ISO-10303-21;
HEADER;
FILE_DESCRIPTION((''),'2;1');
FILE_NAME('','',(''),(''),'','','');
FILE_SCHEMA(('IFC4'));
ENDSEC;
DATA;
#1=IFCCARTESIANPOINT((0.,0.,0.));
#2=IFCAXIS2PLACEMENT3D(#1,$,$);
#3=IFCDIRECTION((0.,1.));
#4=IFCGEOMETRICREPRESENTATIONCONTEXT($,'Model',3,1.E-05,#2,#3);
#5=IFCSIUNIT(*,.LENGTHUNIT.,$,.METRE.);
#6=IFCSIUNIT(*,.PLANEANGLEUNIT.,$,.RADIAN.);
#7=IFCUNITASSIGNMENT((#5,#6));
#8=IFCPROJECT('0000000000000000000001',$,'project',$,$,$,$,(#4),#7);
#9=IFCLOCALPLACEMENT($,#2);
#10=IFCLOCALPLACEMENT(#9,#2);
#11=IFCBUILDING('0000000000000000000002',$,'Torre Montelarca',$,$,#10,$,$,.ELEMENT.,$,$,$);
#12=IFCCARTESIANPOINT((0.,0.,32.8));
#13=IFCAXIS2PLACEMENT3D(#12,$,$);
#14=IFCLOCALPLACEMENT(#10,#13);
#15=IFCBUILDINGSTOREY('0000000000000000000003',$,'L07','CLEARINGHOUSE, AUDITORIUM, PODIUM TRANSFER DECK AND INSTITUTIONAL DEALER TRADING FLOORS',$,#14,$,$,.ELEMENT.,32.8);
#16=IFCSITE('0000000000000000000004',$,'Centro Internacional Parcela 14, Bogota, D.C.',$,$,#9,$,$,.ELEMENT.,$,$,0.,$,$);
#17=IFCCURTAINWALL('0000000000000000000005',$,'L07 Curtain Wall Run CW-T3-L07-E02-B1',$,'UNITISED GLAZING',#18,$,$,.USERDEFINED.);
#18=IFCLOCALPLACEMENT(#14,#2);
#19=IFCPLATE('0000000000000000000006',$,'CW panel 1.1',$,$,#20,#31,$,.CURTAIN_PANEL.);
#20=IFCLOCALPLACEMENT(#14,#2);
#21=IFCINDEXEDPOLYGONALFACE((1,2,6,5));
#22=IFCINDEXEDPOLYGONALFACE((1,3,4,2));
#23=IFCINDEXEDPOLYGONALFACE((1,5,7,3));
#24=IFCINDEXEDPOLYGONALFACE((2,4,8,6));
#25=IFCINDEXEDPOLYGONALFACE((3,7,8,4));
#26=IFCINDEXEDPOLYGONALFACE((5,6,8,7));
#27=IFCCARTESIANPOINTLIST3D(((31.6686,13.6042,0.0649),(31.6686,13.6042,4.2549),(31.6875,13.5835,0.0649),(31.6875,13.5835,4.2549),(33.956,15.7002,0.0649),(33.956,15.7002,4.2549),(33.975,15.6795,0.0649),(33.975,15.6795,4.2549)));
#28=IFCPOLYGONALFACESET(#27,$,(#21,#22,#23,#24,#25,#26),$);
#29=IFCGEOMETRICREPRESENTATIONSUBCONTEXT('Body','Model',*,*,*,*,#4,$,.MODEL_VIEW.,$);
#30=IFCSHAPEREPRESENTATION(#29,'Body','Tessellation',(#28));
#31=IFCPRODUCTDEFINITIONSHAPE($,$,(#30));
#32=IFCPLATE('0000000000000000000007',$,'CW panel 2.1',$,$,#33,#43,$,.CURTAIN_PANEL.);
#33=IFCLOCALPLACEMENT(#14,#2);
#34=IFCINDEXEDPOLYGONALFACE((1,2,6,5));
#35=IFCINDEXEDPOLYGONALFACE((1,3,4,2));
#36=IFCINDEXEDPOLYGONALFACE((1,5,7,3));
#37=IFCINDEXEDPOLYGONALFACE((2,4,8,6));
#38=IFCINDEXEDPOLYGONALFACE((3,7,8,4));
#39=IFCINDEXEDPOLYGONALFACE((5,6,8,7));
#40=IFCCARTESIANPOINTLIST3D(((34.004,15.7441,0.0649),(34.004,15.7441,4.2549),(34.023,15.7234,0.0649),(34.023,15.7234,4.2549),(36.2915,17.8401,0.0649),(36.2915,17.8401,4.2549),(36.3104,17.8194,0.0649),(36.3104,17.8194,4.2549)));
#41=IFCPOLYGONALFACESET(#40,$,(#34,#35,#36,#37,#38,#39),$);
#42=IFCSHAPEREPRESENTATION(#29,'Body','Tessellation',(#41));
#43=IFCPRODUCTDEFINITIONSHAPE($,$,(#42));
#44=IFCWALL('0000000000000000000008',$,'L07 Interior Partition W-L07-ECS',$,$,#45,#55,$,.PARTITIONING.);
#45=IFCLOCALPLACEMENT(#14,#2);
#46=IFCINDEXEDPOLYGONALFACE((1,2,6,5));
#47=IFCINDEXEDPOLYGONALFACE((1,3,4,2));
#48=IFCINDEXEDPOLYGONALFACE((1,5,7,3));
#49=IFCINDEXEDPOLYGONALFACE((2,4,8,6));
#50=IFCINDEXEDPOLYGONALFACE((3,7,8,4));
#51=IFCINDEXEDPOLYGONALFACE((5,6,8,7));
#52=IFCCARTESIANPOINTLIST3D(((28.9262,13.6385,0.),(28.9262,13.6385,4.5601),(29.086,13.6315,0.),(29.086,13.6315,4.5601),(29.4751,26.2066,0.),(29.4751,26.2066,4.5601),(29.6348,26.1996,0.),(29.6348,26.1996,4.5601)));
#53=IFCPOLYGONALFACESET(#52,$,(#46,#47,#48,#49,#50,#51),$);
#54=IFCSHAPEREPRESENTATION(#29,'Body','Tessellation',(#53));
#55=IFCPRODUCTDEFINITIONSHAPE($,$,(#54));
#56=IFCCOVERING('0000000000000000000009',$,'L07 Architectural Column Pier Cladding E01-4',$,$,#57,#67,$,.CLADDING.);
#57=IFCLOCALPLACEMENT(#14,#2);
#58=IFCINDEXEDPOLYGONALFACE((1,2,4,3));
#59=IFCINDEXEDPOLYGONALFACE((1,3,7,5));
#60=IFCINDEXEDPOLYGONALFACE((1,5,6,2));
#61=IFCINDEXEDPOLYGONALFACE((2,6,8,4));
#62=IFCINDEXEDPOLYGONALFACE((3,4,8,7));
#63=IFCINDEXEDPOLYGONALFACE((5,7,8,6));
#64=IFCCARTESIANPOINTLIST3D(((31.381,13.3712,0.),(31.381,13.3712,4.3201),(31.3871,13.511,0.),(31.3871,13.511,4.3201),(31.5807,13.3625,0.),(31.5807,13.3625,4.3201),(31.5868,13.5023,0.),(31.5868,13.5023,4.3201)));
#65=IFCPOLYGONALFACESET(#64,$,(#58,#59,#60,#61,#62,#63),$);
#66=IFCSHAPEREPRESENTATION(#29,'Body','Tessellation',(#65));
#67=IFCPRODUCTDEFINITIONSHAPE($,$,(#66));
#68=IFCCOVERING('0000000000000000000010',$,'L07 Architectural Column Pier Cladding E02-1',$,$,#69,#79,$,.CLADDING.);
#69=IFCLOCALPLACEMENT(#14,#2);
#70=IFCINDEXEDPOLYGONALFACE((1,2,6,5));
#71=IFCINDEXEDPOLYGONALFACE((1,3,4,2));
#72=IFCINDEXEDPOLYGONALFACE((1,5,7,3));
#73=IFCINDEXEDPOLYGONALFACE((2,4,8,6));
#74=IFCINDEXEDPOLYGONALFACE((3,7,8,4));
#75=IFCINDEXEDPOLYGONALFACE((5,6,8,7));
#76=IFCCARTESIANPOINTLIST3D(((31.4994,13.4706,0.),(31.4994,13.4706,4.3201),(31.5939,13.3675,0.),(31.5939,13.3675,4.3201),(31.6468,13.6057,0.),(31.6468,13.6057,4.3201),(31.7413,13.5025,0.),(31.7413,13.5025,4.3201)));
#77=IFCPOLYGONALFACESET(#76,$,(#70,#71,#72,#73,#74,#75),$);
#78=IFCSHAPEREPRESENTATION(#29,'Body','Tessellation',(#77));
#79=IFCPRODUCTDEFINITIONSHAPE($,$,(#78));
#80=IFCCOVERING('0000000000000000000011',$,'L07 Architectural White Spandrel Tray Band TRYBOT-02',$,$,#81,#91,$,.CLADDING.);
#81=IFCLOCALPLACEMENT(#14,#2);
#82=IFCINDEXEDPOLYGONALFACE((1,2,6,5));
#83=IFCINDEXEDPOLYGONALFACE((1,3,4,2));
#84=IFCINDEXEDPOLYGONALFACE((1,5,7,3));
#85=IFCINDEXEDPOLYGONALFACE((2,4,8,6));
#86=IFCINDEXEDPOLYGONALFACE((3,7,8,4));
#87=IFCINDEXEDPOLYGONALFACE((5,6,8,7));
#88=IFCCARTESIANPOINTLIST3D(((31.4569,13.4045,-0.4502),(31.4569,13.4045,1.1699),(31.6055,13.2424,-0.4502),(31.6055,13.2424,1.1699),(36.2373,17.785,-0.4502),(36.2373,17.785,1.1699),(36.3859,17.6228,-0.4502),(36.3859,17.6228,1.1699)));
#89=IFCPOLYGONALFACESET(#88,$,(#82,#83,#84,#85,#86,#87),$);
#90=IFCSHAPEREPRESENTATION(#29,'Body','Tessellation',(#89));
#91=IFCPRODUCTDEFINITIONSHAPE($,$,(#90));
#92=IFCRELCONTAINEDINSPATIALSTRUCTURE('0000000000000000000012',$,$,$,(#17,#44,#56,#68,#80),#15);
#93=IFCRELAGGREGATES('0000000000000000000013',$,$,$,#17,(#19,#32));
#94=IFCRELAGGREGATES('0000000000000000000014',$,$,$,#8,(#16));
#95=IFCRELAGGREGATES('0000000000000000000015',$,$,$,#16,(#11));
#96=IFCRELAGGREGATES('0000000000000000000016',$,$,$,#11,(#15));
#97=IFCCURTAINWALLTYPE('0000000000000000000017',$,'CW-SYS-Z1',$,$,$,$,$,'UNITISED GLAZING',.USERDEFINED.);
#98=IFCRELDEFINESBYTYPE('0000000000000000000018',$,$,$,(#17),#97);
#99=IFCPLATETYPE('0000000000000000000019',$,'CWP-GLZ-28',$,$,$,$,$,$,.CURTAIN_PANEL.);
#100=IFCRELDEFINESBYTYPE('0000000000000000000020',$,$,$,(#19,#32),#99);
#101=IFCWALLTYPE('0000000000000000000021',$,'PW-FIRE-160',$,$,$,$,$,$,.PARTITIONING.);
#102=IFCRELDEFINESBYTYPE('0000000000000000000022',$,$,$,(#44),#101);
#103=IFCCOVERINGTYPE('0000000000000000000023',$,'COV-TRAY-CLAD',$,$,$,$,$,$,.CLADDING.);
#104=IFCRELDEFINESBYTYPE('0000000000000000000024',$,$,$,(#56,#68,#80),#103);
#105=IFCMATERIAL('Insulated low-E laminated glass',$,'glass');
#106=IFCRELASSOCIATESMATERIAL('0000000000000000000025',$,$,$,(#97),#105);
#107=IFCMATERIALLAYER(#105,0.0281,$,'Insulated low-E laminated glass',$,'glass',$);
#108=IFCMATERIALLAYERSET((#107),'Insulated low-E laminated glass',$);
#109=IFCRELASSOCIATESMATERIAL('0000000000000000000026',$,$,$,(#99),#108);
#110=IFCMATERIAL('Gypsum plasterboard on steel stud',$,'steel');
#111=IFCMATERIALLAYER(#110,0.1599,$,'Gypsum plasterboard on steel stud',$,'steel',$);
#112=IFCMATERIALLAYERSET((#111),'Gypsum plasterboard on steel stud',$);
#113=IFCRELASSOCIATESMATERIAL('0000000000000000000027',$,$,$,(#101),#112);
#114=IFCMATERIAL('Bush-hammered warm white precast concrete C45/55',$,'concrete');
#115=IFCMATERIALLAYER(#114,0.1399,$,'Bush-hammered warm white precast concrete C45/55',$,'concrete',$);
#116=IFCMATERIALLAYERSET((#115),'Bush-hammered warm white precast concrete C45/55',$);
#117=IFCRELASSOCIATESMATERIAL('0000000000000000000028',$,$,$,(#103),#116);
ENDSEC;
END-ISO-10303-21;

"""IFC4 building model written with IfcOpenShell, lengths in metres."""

from ifc_helpers import new_model, si_unit, direction, frame, frame_2d, origin, origin_2d, place, context, subcontext, project, spatial, rectangle, extrude, source, transform, mapped, material, layer, layer_set, type_object, element, aggregate, save


model = new_model("IFC4")

# Units and contexts
model_context = context("Model", 3, precision=1e-05, world=origin(), true_north=direction((0.0, 1.0)))
body_context = subcontext(model_context, "Body", "Model", "MODEL_VIEW")
ifc_project = project(units=[si_unit("LENGTHUNIT", "METRE"), si_unit("PLANEANGLEUNIT", "RADIAN")], contexts=[model_context])

# Site, building, storey
site_placement = place(None, origin())
site = spatial("IfcSite", under=ifc_project, at=site_placement, Name="Centro Internacional Parcela 14, Bogota, D.C.", CompositionType="ELEMENT", RefElevation=0.0)
building_placement = place(site_placement, origin())
building = spatial("IfcBuilding", under=site, at=building_placement, Name="Torre Montelarca", CompositionType="ELEMENT")
storey_placement = place(building_placement, frame((0.0, 0.0, 32.8)))
storey = spatial("IfcBuildingStorey", under=building, at=storey_placement, Name="L07", Description="CLEARINGHOUSE, AUDITORIUM, PODIUM TRANSFER DECK AND INSTITUTIONAL DEALER TRADING FLOORS", CompositionType="ELEMENT", Elevation=32.8)

# Curtain wall
ifc_material_1 = material(Name="Insulated low-E laminated glass", Category="glass")
curtain_wall_type = type_object("IfcCurtainWallType", Name="CW-SYS-Z1", ElementType="UNITISED GLAZING", PredefinedType="USERDEFINED", material=ifc_material_1)
curtain_wall_1_placement = place(storey_placement, origin())
curtain_wall_1 = element("IfcCurtainWall", 1, at=curtain_wall_1_placement, inside=storey, type_object=curtain_wall_type, Name="L07 Curtain Wall Run CW-T3-L07-E02-B1", ObjectType="UNITISED GLAZING", PredefinedType="USERDEFINED")

# Plates
ifc_layer_1 = layer(ifc_material_1, 0.0281, Name="Insulated low-E laminated glass", Category="glass")
ifc_layer_set_1 = layer_set([ifc_layer_1], Name="Insulated low-E laminated glass")
plate_type_1 = type_object("IfcPlateType", Name="CWP-GLZ-28", PredefinedType="CURTAIN_PANEL", material=ifc_layer_set_1)
shared_shape_1 = source(origin(), body_context, "Body", "SweptSolid", [
    extrude(rectangle(XDim=3.1025, YDim=0.0281, at=origin_2d()), origin(), (0.0, 0.0, 1.0), 4.1899),
])
plate_1_placement = place(storey_placement, frame((32.8218, 14.6418, 0.0649), z_axis=(0.0, 0.0, 1.0), x_axis=(0.737292, 0.675575, 0.0)))
plate_1 = element("IfcPlate", 2, at=plate_1_placement, type_object=plate_type_1, Name="CW panel 1.1", PredefinedType="CURTAIN_PANEL", context=body_context, shape_type="MappedRepresentation", body=[
    mapped(shared_shape_1, transform((0.0, 0.0, 0.0), scale=1.0)),
])
plate_2_placement = place(storey_placement, frame((35.1572, 16.7817, 0.0649), z_axis=(0.0, 0.0, 1.0), x_axis=(0.737292, 0.675575, 0.0)))
plate_2 = element("IfcPlate", 3, at=plate_2_placement, type_object=plate_type_1, Name="CW panel 2.1", PredefinedType="CURTAIN_PANEL", context=body_context, shape_type="MappedRepresentation", body=[
    mapped(shared_shape_1, transform((0.0, 0.0, 0.0), scale=1.0)),
])
aggregate(curtain_wall_1, [plate_1, plate_2])

# Wall
ifc_material_2 = material(Name="Gypsum plasterboard on steel stud", Category="steel")
ifc_layer_2 = layer(ifc_material_2, 0.1599, Name="Gypsum plasterboard on steel stud", Category="steel")
ifc_layer_set_2 = layer_set([ifc_layer_2], Name="Gypsum plasterboard on steel stud")
wall_type = type_object("IfcWallType", Name="PW-FIRE-160", PredefinedType="PARTITIONING", material=ifc_layer_set_2)
wall_placement = place(storey_placement, frame((29.0061, 13.635, 0.0), z_axis=(0.0, 0.0, 1.0), x_axis=(0.043627, 0.999048, 0.0)))
element("IfcWall", 4, at=wall_placement, inside=storey, type_object=wall_type, Name="L07 Interior Partition W-L07-ECS", PredefinedType="PARTITIONING", context=body_context, shape_type="SweptSolid", body=[
    extrude(rectangle(XDim=12.5801, YDim=0.1599, at=frame_2d((6.29, 0.0))), origin(), (0.0, 0.0, 1.0), 4.5601),
])

# Coverings
ifc_material_3 = material(Name="Bush-hammered warm white precast concrete C45/55", Category="concrete")
ifc_layer_3 = layer(ifc_material_3, 0.1399, Name="Bush-hammered warm white precast concrete C45/55", Category="concrete")
ifc_layer_set_3 = layer_set([ifc_layer_3], Name="Bush-hammered warm white precast concrete C45/55")
covering_type = type_object("IfcCoveringType", Name="COV-TRAY-CLAD", PredefinedType="CLADDING", material=ifc_layer_set_3)
shared_shape_2 = source(origin(), body_context, "Body", "SweptSolid", [
    extrude(rectangle(XDim=0.2, YDim=0.1399, at=origin_2d()), origin(), (0.0, 0.0, 1.0), 4.3201),
])
for number, where, z_axis, x_axis, name in (
    (5, (31.4839, 13.4368, 0.0), (0.0, 0.0, 1.0), (0.999048, -0.043619, 0.0), "L07 Architectural Column Pier Cladding E01-4"),
    (6, (31.6204, 13.4866, 0.0), (0.0, 0.0, 1.0), (0.737281, 0.675586, 0.0), "L07 Architectural Column Pier Cladding E02-1"),
):
    element("IfcCovering", number, at=place(storey_placement, frame(where, z_axis=z_axis, x_axis=x_axis)), inside=storey, type_object=covering_type, Name=name, PredefinedType="CLADDING", context=body_context, shape_type="MappedRepresentation", body=[
        mapped(shared_shape_2, transform((0.0, 0.0, 0.0), scale=1.0)),
    ])
shared_shape_3 = source(origin(), body_context, "Body", "SweptSolid", [
    extrude(rectangle(XDim=6.4839, YDim=0.22, at=origin_2d()), origin(), (0.0, 0.0, 1.0), 1.6201),
])
covering_placement = place(storey_placement, frame((33.9214, 15.5137, -0.4502), z_axis=(0.0, 0.0, 1.0), x_axis=(0.73728, 0.675588, 0.0)))
element("IfcCovering", 7, at=covering_placement, inside=storey, type_object=covering_type, Name="L07 Architectural White Spandrel Tray Band TRYBOT-02", PredefinedType="CLADDING", context=body_context, shape_type="MappedRepresentation", body=[
    mapped(shared_shape_3, transform((0.0, 0.0, 0.0), scale=1.0)),
])

save(model, "model.ifc")
